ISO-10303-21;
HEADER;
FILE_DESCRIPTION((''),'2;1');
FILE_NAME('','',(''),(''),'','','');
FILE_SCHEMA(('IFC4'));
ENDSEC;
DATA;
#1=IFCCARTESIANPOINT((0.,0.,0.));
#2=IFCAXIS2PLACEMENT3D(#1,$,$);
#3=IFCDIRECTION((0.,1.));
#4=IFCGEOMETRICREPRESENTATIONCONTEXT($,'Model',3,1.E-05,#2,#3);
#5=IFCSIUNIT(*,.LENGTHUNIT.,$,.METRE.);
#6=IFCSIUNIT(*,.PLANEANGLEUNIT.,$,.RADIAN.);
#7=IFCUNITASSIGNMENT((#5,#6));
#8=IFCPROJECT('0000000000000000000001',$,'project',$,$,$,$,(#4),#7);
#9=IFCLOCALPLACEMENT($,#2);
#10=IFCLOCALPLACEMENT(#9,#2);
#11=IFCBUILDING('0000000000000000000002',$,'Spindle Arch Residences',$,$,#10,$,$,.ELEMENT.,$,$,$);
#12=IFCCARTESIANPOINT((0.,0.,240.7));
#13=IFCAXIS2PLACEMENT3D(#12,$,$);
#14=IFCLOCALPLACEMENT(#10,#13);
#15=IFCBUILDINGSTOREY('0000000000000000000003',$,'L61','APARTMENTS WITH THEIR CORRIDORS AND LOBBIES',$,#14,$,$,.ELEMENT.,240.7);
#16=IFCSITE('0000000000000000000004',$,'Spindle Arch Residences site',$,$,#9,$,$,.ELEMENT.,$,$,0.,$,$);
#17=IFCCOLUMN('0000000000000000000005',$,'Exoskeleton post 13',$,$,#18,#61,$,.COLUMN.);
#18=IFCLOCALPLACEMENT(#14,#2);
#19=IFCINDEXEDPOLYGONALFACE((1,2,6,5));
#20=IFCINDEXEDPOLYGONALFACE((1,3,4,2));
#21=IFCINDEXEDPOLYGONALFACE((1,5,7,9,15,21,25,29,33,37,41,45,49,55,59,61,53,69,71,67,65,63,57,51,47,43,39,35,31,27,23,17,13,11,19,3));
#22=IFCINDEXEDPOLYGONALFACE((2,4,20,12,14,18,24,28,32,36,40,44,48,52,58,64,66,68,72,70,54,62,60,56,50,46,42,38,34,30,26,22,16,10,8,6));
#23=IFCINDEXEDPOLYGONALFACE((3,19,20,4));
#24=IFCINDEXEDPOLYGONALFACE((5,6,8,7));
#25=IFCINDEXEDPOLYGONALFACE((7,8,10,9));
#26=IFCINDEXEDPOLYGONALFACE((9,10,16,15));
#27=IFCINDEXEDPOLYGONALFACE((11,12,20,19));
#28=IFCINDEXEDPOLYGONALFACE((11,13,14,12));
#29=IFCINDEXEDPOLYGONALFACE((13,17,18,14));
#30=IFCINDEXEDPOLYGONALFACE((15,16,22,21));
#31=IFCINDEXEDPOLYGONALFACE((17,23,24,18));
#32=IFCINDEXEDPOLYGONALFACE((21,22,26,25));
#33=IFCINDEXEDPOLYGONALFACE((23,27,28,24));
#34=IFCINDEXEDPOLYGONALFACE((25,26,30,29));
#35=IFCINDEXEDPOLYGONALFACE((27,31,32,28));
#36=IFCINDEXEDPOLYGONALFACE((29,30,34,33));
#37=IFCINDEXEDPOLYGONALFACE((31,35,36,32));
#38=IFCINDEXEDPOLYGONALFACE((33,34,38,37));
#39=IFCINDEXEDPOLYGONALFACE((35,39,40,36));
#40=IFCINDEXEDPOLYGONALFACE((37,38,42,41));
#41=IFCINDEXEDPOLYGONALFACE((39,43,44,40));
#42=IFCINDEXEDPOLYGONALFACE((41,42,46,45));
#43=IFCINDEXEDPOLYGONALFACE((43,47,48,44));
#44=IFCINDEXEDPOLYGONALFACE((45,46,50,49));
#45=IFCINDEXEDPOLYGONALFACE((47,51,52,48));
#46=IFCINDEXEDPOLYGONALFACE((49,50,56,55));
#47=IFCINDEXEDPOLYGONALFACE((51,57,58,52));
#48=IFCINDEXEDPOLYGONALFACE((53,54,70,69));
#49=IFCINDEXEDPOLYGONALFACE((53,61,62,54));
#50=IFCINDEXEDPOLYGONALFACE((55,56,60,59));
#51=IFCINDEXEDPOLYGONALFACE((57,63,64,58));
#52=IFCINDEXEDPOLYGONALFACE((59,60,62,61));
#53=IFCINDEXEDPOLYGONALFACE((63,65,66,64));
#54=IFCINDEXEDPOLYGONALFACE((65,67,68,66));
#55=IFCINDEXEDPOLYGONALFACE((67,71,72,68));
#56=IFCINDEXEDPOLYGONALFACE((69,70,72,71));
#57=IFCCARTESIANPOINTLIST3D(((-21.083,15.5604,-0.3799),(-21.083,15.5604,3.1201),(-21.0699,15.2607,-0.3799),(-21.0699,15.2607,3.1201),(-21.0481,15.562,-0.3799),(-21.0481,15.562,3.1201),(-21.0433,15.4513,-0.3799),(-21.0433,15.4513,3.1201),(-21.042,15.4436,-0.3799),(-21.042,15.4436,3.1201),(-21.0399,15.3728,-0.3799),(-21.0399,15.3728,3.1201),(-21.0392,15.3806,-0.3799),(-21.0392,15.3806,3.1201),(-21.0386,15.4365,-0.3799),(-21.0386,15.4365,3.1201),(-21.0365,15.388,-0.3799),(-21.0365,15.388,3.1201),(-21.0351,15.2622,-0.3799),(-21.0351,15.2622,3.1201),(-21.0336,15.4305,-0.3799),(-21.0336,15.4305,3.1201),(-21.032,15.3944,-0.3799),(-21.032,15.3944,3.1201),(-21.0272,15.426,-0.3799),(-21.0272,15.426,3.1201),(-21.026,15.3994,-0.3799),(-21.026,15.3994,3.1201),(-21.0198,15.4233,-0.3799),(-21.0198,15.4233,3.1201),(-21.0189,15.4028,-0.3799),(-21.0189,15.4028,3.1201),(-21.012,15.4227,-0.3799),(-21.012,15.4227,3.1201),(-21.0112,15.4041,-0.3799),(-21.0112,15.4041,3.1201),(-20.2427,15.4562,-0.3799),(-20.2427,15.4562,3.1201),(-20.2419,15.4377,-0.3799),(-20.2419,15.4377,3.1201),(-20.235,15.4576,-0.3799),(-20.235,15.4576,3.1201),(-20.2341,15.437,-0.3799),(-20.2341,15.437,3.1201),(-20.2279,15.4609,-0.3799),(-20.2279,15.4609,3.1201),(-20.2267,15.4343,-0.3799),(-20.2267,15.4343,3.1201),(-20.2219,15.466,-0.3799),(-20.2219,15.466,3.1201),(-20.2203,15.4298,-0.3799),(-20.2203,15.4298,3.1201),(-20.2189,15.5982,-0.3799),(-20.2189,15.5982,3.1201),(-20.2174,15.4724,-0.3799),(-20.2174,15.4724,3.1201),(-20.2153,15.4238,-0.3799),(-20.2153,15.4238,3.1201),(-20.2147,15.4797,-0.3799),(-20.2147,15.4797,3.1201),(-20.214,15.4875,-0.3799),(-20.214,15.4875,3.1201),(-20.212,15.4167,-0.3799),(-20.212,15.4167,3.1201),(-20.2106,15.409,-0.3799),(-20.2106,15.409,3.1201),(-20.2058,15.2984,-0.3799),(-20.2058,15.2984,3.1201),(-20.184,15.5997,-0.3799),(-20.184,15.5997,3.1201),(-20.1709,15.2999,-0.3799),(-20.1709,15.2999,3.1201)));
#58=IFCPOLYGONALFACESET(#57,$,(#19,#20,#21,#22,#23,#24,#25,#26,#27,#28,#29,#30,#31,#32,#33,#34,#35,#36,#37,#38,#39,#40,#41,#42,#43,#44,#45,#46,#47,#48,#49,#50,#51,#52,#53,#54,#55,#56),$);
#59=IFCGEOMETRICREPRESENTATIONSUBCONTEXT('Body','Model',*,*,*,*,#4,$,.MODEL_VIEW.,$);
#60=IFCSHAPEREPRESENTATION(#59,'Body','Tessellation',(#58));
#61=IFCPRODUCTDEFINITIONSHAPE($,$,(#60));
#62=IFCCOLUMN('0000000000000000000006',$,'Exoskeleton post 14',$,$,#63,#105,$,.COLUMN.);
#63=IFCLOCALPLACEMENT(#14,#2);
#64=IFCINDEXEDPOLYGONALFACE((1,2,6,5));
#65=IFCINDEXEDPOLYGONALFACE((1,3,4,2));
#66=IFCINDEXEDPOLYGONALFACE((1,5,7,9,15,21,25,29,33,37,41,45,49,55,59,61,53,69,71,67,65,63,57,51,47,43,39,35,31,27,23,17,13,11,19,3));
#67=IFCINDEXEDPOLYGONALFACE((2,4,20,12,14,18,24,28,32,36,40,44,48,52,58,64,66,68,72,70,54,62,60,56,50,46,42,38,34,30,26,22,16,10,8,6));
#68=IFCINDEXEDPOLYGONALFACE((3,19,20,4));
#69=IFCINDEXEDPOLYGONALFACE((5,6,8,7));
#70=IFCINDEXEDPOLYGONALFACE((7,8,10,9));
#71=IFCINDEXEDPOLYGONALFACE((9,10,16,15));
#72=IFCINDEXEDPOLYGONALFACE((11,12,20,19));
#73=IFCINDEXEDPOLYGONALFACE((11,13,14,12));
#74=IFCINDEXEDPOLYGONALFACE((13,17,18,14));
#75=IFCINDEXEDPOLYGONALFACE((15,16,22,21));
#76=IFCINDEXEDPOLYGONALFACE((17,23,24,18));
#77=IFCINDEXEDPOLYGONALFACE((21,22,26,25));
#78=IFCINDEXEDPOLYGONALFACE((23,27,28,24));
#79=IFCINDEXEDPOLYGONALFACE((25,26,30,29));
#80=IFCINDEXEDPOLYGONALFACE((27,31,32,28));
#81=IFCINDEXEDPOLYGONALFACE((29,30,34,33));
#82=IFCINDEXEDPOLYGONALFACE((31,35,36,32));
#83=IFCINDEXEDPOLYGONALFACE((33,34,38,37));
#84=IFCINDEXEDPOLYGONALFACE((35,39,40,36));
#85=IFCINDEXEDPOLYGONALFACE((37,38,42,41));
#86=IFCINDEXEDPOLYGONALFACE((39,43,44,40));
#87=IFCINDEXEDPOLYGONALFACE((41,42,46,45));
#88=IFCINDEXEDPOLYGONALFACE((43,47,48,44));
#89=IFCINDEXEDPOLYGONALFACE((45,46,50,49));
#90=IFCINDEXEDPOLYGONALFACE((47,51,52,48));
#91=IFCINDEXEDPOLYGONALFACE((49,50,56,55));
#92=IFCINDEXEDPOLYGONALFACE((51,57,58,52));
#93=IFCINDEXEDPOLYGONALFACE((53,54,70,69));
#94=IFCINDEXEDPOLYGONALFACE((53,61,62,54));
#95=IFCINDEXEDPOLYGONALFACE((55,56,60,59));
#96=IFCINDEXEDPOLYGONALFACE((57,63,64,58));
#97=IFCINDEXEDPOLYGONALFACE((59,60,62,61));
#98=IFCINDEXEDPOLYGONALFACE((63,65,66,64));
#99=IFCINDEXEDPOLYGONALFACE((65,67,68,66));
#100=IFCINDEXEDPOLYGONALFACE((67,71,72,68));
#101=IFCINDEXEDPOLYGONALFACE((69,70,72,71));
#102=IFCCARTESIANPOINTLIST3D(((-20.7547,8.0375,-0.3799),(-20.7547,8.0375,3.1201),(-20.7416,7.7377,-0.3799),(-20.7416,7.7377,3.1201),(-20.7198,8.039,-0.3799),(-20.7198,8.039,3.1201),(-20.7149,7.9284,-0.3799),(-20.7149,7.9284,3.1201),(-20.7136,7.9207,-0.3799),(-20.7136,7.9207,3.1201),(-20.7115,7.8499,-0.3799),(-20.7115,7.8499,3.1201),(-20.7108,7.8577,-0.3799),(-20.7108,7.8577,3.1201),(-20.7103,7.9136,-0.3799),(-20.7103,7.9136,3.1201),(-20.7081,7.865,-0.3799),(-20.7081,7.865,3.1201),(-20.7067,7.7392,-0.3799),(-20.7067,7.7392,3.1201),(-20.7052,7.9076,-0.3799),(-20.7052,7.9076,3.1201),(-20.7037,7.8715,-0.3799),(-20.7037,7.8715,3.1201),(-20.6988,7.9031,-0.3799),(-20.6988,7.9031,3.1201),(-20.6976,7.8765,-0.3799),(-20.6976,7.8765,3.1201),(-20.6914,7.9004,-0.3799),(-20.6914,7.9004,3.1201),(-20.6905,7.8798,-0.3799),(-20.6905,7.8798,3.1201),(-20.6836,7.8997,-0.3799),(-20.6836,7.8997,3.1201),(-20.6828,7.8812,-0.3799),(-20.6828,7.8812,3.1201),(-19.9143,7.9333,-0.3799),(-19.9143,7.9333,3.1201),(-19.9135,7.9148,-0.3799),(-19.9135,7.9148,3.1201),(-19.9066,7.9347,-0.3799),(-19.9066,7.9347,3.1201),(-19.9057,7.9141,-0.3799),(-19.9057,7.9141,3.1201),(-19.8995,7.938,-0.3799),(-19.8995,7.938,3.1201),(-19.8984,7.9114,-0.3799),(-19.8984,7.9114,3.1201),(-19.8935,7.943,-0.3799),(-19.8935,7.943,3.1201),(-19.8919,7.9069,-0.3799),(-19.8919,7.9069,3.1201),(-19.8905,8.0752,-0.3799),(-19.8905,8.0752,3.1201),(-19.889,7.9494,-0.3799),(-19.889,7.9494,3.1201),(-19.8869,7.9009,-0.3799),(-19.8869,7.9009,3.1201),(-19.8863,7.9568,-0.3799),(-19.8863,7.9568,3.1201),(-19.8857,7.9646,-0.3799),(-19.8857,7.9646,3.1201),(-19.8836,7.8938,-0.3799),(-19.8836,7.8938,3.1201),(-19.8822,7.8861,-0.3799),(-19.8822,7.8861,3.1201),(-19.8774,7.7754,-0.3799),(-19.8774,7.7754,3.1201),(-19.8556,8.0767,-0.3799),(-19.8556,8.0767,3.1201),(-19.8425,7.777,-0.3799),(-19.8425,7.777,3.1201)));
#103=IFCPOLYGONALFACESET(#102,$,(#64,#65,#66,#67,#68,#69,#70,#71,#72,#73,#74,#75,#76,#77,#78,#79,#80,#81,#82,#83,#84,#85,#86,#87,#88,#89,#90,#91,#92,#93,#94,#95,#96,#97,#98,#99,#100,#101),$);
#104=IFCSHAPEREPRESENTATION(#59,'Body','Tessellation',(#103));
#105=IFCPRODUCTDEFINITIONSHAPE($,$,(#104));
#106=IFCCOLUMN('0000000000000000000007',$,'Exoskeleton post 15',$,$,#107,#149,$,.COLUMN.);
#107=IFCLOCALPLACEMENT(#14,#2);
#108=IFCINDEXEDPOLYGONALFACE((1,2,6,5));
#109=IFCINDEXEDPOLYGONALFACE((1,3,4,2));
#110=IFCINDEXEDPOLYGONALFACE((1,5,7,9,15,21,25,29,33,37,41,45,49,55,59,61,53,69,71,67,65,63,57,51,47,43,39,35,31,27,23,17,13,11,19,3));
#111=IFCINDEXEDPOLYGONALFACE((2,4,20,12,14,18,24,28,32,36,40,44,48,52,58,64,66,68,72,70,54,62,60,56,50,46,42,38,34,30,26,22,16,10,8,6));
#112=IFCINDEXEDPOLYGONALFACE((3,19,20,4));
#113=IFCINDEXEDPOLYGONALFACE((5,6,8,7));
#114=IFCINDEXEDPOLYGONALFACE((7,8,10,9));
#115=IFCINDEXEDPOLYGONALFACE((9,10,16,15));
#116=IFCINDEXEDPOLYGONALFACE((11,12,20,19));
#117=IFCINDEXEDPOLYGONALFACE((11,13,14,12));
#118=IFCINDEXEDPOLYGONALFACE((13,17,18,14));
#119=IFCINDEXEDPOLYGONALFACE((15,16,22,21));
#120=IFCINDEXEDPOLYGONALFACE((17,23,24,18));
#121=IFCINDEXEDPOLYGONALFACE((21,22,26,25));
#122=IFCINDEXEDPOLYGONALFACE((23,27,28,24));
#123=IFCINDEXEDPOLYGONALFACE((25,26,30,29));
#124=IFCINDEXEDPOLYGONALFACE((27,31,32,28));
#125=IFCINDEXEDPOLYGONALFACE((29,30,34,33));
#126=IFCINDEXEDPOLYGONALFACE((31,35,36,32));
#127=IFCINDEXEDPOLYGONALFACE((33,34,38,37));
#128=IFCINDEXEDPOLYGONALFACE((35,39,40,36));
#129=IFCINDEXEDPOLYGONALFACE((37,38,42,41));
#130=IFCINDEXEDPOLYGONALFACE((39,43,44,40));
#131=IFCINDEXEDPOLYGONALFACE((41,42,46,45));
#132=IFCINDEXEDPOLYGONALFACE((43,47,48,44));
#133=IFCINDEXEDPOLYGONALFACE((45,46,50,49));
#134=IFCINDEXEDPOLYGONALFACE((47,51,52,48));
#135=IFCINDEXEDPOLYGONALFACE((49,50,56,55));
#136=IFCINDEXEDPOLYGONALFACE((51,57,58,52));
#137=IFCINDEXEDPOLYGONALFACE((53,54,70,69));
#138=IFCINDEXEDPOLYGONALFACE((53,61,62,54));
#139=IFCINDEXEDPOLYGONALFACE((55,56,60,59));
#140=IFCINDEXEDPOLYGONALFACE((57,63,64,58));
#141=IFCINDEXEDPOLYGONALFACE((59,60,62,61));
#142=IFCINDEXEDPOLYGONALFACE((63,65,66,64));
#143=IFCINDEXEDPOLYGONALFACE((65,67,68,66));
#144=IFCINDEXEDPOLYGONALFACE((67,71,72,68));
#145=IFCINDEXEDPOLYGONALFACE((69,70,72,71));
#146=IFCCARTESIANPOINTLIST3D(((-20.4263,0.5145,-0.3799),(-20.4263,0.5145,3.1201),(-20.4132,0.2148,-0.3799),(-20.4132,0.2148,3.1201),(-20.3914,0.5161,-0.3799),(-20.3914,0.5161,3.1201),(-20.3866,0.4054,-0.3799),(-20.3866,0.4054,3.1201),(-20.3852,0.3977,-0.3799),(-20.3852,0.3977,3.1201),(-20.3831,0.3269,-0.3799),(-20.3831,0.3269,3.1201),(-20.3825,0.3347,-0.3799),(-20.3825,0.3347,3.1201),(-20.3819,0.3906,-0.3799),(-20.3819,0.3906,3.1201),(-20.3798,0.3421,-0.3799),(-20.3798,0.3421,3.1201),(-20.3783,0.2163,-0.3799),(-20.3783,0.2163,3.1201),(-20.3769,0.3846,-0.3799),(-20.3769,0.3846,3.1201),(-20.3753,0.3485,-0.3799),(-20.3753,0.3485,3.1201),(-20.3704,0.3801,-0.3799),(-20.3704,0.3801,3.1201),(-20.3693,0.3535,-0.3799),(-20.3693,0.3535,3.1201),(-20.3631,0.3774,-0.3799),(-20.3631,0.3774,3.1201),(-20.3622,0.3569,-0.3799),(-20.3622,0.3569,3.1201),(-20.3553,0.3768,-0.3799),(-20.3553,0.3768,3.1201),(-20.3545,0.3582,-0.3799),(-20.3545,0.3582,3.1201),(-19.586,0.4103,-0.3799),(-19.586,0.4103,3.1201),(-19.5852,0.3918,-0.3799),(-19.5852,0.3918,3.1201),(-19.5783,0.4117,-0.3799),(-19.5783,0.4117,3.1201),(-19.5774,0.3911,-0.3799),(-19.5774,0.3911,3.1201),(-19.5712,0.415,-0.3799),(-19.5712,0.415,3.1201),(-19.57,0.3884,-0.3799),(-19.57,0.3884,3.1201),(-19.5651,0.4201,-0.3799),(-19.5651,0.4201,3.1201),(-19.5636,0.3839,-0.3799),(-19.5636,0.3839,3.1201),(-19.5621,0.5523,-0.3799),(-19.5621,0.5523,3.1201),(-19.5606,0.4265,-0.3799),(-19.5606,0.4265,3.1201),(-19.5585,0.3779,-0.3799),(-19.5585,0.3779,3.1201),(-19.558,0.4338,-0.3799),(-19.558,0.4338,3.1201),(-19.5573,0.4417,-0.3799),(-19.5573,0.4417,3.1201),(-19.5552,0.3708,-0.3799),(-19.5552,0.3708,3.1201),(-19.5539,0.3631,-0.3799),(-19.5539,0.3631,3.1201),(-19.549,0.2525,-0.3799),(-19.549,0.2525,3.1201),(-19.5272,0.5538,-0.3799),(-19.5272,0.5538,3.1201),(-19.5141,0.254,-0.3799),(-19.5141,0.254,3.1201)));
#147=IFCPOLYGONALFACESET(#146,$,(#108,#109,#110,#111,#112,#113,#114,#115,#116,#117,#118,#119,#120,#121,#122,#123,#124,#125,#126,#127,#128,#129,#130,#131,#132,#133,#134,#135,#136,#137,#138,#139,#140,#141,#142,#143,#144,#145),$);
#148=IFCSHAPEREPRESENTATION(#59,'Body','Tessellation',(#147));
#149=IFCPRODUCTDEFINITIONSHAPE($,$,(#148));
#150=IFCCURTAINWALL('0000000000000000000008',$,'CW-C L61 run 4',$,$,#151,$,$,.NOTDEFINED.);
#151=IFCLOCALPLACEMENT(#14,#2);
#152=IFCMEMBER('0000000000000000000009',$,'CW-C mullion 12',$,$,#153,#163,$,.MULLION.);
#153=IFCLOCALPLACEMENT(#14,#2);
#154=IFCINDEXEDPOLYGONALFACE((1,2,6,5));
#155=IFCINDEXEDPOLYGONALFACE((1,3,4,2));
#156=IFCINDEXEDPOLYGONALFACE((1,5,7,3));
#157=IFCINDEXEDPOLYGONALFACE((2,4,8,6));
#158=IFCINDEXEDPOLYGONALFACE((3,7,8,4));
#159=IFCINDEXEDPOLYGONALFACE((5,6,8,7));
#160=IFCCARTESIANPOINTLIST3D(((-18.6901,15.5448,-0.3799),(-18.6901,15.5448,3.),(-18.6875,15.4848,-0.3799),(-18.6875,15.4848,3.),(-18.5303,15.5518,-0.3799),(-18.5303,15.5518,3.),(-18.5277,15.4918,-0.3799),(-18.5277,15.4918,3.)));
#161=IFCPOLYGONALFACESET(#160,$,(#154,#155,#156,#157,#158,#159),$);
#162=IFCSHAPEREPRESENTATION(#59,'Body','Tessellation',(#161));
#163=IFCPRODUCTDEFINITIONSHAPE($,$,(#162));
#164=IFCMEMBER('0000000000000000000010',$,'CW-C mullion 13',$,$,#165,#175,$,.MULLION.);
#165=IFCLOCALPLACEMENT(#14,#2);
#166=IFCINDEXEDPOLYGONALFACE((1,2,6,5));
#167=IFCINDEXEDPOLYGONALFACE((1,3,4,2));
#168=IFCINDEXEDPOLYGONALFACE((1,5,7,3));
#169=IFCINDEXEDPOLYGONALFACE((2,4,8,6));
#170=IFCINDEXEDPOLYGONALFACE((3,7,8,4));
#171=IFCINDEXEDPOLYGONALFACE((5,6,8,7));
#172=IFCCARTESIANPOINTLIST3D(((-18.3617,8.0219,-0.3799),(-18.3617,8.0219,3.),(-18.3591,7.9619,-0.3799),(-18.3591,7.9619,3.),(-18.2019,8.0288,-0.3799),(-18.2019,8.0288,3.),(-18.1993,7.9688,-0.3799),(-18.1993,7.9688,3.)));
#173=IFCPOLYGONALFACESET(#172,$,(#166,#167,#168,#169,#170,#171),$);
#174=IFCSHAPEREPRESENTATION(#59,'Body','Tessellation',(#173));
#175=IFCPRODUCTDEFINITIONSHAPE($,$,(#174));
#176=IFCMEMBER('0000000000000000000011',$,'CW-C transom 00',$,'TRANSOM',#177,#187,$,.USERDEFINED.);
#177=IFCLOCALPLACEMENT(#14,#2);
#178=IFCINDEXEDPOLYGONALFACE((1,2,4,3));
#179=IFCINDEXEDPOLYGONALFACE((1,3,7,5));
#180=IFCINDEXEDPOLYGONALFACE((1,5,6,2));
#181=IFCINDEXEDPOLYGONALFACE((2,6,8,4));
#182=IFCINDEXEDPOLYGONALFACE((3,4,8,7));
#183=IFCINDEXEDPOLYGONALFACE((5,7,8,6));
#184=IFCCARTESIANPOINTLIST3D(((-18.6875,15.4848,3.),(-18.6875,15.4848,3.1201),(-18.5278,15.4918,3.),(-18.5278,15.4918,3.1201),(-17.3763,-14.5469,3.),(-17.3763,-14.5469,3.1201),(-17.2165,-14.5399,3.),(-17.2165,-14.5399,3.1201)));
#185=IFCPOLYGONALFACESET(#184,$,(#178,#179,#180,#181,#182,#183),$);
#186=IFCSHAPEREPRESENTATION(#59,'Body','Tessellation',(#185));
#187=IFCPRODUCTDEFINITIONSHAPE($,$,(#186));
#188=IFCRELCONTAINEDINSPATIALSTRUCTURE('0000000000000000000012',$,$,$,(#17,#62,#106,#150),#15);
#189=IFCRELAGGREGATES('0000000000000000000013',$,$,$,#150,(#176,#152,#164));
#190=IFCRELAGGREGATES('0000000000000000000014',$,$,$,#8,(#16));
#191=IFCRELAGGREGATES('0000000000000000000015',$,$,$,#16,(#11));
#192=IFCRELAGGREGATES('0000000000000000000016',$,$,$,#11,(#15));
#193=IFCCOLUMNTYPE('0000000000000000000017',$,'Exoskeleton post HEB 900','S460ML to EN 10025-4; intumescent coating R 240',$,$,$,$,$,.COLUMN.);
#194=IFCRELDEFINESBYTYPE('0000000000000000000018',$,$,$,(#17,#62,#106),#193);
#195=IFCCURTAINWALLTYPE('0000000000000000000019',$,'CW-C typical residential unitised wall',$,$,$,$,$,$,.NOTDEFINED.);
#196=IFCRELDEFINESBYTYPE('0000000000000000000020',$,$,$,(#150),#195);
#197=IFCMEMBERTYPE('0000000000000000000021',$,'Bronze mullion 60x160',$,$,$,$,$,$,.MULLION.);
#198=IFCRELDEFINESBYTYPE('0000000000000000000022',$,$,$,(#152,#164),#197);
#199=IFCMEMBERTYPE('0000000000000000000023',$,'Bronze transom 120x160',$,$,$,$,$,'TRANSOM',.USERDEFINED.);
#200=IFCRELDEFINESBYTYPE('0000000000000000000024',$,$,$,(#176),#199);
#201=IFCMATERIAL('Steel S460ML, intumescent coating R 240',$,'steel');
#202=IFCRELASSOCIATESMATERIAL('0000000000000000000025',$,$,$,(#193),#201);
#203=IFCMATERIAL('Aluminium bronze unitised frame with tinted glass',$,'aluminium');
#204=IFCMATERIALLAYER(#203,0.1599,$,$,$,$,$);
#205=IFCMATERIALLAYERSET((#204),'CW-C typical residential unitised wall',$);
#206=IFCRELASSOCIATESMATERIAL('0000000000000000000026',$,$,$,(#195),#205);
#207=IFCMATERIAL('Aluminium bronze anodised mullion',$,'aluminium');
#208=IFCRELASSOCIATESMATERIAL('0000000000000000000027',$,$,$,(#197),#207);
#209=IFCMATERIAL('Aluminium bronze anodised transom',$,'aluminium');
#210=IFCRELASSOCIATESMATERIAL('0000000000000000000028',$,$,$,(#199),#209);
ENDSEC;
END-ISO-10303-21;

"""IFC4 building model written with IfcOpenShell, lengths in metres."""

from ifc_helpers import new_model, si_unit, direction, frame, origin, origin_2d, place, context, subcontext, project, spatial, rectangle, i_section, extrude, material, layer, layer_set, material_profile, profile_set, type_object, element, aggregate, save


model = new_model("IFC4")

# Units and contexts
model_context = context("Model", 3, precision=1e-05, world=origin(), true_north=direction((0.0, 1.0)))
body_context = subcontext(model_context, "Body", "Model", "MODEL_VIEW")
ifc_project = project(units=[si_unit("LENGTHUNIT", "METRE"), si_unit("PLANEANGLEUNIT", "RADIAN")], contexts=[model_context])

# Site, building, storey
site_placement = place(None, origin())
site = spatial("IfcSite", under=ifc_project, at=site_placement, Name="Spindle Arch Residences site", CompositionType="ELEMENT", RefElevation=0.0)
building_placement = place(site_placement, origin())
building = spatial("IfcBuilding", under=site, at=building_placement, Name="Spindle Arch Residences", CompositionType="ELEMENT")
storey_placement = place(building_placement, frame((0.0, 0.0, 240.7)))
storey = spatial("IfcBuildingStorey", under=building, at=storey_placement, Name="L61", Description="APARTMENTS WITH THEIR CORRIDORS AND LOBBIES", CompositionType="ELEMENT", Elevation=240.7)

# Columns
ifc_material_1 = material(Name="Steel S460ML, intumescent coating R 240", Category="steel")
ifc_material_profile_1 = material_profile(ifc_material_1, i_section(OverallWidth=0.3, OverallDepth=0.8999, WebThickness=0.0186, FlangeThickness=0.0349, FilletRadius=0.03, at=origin_2d()), Name="HEB 900")
ifc_profile_set_1 = profile_set([ifc_material_profile_1], Name="Steel S460ML, intumescent coating R 240")
column_type = type_object("IfcColumnType", Name="Exoskeleton post HEB 900", Description="S460ML to EN 10025-4; intumescent coating R 240", PredefinedType="COLUMN", material=ifc_profile_set_1)
for number, where, z_axis, x_axis, name in (
    (1, (-20.627, 15.4302, -0.3799), (0.0, 0.0, 1.0), (-0.043619, 0.999048, 0.0), "Exoskeleton post 13"),
    (2, (-20.2986, 7.9072, -0.3799), (0.0, 0.0, 1.0), (-0.043619, 0.999048, 0.0), "Exoskeleton post 14"),
    (3, (-19.9702, 0.3843, -0.3799), (0.0, 0.0, 1.0), (-0.043619, 0.999048, 0.0), "Exoskeleton post 15"),
):
    element("IfcColumn", number, at=place(storey_placement, frame(where, z_axis=z_axis, x_axis=x_axis)), inside=storey, type_object=column_type, Name=name, PredefinedType="COLUMN", context=body_context, shape_type="SweptSolid", body=[
        extrude(i_section(OverallWidth=0.3, OverallDepth=0.8999, WebThickness=0.0186, FlangeThickness=0.0349, FilletRadius=0.03, at=origin_2d()), origin(), (0.0, 0.0, 1.0), 3.5),
    ])

# Curtain wall, members
ifc_material_2 = material(Name="Aluminium bronze unitised frame with tinted glass", Category="aluminium")
ifc_layer_1 = layer(ifc_material_2, 0.1599)
ifc_layer_set_1 = layer_set([ifc_layer_1], Name="CW-C typical residential unitised wall")
curtain_wall_type_1 = type_object("IfcCurtainWallType", Name="CW-C typical residential unitised wall", PredefinedType="NOTDEFINED", material=ifc_layer_set_1)
curtain_wall_1_placement = place(storey_placement, origin())
curtain_wall_1 = element("IfcCurtainWall", 4, at=curtain_wall_1_placement, inside=storey, type_object=curtain_wall_type_1, Name="CW-C L61 run 4", PredefinedType="NOTDEFINED")
ifc_material_3 = material(Name="Aluminium bronze anodised mullion", Category="aluminium")
ifc_material_profile_2 = material_profile(ifc_material_3, rectangle(XDim=0.1599, YDim=0.0601, at=origin_2d()), Name="MU 60x160")
ifc_profile_set_2 = profile_set([ifc_material_profile_2], Name="Aluminium bronze anodised mullion")
member_type_1 = type_object("IfcMemberType", Name="Bronze mullion 60x160", PredefinedType="MULLION", material=ifc_profile_set_2)
member_1_placement = place(storey_placement, frame((-18.6089, 15.5183, -0.3799), z_axis=(0.0, 0.0, 1.0), x_axis=(0.999048, 0.043619, 0.0)))
member_1 = element("IfcMember", 5, at=member_1_placement, type_object=member_type_1, Name="CW-C mullion 12", PredefinedType="MULLION", context=body_context, shape_type="SweptSolid", body=[
    extrude(rectangle(XDim=0.1599, YDim=0.0601, at=origin_2d()), origin(), (0.0, 0.0, 1.0), 3.3799),
])
member_2_placement = place(storey_placement, frame((-18.2805, 7.9954, -0.3799), z_axis=(0.0, 0.0, 1.0), x_axis=(0.999048, 0.043619, 0.0)))
member_2 = element("IfcMember", 6, at=member_2_placement, type_object=member_type_1, Name="CW-C mullion 13", PredefinedType="MULLION", context=body_context, shape_type="SweptSolid", body=[
    extrude(rectangle(XDim=0.1599, YDim=0.0601, at=origin_2d()), origin(), (0.0, 0.0, 1.0), 3.3799),
])
ifc_material_4 = material(Name="Aluminium bronze anodised transom", Category="aluminium")
ifc_material_profile_3 = material_profile(ifc_material_4, rectangle(XDim=0.1599, YDim=0.1201, at=origin_2d()), Name="TR 120x160")
ifc_profile_set_3 = profile_set([ifc_material_profile_3], Name="Aluminium bronze anodised transom")
member_type_2 = type_object("IfcMemberType", Name="Bronze transom 120x160", ElementType="TRANSOM", PredefinedType="USERDEFINED", material=ifc_profile_set_3)
member_3_placement = place(storey_placement, frame((-18.6077, 15.4883, 3.0601), z_axis=(0.043622, -0.999048, 0.0), x_axis=(0.999048, 0.043622, 0.0)))
member_3 = element("IfcMember", 7, at=member_3_placement, type_object=member_type_2, Name="CW-C transom 00", ObjectType="TRANSOM", PredefinedType="USERDEFINED", context=body_context, shape_type="SweptSolid", body=[
    extrude(rectangle(XDim=0.1599, YDim=0.1201, at=origin_2d()), origin(), (0.0, 0.0, 1.0), 30.0603),
])

aggregate(curtain_wall_1, [member_3, member_1, member_2])

save(model, "model.ifc")
